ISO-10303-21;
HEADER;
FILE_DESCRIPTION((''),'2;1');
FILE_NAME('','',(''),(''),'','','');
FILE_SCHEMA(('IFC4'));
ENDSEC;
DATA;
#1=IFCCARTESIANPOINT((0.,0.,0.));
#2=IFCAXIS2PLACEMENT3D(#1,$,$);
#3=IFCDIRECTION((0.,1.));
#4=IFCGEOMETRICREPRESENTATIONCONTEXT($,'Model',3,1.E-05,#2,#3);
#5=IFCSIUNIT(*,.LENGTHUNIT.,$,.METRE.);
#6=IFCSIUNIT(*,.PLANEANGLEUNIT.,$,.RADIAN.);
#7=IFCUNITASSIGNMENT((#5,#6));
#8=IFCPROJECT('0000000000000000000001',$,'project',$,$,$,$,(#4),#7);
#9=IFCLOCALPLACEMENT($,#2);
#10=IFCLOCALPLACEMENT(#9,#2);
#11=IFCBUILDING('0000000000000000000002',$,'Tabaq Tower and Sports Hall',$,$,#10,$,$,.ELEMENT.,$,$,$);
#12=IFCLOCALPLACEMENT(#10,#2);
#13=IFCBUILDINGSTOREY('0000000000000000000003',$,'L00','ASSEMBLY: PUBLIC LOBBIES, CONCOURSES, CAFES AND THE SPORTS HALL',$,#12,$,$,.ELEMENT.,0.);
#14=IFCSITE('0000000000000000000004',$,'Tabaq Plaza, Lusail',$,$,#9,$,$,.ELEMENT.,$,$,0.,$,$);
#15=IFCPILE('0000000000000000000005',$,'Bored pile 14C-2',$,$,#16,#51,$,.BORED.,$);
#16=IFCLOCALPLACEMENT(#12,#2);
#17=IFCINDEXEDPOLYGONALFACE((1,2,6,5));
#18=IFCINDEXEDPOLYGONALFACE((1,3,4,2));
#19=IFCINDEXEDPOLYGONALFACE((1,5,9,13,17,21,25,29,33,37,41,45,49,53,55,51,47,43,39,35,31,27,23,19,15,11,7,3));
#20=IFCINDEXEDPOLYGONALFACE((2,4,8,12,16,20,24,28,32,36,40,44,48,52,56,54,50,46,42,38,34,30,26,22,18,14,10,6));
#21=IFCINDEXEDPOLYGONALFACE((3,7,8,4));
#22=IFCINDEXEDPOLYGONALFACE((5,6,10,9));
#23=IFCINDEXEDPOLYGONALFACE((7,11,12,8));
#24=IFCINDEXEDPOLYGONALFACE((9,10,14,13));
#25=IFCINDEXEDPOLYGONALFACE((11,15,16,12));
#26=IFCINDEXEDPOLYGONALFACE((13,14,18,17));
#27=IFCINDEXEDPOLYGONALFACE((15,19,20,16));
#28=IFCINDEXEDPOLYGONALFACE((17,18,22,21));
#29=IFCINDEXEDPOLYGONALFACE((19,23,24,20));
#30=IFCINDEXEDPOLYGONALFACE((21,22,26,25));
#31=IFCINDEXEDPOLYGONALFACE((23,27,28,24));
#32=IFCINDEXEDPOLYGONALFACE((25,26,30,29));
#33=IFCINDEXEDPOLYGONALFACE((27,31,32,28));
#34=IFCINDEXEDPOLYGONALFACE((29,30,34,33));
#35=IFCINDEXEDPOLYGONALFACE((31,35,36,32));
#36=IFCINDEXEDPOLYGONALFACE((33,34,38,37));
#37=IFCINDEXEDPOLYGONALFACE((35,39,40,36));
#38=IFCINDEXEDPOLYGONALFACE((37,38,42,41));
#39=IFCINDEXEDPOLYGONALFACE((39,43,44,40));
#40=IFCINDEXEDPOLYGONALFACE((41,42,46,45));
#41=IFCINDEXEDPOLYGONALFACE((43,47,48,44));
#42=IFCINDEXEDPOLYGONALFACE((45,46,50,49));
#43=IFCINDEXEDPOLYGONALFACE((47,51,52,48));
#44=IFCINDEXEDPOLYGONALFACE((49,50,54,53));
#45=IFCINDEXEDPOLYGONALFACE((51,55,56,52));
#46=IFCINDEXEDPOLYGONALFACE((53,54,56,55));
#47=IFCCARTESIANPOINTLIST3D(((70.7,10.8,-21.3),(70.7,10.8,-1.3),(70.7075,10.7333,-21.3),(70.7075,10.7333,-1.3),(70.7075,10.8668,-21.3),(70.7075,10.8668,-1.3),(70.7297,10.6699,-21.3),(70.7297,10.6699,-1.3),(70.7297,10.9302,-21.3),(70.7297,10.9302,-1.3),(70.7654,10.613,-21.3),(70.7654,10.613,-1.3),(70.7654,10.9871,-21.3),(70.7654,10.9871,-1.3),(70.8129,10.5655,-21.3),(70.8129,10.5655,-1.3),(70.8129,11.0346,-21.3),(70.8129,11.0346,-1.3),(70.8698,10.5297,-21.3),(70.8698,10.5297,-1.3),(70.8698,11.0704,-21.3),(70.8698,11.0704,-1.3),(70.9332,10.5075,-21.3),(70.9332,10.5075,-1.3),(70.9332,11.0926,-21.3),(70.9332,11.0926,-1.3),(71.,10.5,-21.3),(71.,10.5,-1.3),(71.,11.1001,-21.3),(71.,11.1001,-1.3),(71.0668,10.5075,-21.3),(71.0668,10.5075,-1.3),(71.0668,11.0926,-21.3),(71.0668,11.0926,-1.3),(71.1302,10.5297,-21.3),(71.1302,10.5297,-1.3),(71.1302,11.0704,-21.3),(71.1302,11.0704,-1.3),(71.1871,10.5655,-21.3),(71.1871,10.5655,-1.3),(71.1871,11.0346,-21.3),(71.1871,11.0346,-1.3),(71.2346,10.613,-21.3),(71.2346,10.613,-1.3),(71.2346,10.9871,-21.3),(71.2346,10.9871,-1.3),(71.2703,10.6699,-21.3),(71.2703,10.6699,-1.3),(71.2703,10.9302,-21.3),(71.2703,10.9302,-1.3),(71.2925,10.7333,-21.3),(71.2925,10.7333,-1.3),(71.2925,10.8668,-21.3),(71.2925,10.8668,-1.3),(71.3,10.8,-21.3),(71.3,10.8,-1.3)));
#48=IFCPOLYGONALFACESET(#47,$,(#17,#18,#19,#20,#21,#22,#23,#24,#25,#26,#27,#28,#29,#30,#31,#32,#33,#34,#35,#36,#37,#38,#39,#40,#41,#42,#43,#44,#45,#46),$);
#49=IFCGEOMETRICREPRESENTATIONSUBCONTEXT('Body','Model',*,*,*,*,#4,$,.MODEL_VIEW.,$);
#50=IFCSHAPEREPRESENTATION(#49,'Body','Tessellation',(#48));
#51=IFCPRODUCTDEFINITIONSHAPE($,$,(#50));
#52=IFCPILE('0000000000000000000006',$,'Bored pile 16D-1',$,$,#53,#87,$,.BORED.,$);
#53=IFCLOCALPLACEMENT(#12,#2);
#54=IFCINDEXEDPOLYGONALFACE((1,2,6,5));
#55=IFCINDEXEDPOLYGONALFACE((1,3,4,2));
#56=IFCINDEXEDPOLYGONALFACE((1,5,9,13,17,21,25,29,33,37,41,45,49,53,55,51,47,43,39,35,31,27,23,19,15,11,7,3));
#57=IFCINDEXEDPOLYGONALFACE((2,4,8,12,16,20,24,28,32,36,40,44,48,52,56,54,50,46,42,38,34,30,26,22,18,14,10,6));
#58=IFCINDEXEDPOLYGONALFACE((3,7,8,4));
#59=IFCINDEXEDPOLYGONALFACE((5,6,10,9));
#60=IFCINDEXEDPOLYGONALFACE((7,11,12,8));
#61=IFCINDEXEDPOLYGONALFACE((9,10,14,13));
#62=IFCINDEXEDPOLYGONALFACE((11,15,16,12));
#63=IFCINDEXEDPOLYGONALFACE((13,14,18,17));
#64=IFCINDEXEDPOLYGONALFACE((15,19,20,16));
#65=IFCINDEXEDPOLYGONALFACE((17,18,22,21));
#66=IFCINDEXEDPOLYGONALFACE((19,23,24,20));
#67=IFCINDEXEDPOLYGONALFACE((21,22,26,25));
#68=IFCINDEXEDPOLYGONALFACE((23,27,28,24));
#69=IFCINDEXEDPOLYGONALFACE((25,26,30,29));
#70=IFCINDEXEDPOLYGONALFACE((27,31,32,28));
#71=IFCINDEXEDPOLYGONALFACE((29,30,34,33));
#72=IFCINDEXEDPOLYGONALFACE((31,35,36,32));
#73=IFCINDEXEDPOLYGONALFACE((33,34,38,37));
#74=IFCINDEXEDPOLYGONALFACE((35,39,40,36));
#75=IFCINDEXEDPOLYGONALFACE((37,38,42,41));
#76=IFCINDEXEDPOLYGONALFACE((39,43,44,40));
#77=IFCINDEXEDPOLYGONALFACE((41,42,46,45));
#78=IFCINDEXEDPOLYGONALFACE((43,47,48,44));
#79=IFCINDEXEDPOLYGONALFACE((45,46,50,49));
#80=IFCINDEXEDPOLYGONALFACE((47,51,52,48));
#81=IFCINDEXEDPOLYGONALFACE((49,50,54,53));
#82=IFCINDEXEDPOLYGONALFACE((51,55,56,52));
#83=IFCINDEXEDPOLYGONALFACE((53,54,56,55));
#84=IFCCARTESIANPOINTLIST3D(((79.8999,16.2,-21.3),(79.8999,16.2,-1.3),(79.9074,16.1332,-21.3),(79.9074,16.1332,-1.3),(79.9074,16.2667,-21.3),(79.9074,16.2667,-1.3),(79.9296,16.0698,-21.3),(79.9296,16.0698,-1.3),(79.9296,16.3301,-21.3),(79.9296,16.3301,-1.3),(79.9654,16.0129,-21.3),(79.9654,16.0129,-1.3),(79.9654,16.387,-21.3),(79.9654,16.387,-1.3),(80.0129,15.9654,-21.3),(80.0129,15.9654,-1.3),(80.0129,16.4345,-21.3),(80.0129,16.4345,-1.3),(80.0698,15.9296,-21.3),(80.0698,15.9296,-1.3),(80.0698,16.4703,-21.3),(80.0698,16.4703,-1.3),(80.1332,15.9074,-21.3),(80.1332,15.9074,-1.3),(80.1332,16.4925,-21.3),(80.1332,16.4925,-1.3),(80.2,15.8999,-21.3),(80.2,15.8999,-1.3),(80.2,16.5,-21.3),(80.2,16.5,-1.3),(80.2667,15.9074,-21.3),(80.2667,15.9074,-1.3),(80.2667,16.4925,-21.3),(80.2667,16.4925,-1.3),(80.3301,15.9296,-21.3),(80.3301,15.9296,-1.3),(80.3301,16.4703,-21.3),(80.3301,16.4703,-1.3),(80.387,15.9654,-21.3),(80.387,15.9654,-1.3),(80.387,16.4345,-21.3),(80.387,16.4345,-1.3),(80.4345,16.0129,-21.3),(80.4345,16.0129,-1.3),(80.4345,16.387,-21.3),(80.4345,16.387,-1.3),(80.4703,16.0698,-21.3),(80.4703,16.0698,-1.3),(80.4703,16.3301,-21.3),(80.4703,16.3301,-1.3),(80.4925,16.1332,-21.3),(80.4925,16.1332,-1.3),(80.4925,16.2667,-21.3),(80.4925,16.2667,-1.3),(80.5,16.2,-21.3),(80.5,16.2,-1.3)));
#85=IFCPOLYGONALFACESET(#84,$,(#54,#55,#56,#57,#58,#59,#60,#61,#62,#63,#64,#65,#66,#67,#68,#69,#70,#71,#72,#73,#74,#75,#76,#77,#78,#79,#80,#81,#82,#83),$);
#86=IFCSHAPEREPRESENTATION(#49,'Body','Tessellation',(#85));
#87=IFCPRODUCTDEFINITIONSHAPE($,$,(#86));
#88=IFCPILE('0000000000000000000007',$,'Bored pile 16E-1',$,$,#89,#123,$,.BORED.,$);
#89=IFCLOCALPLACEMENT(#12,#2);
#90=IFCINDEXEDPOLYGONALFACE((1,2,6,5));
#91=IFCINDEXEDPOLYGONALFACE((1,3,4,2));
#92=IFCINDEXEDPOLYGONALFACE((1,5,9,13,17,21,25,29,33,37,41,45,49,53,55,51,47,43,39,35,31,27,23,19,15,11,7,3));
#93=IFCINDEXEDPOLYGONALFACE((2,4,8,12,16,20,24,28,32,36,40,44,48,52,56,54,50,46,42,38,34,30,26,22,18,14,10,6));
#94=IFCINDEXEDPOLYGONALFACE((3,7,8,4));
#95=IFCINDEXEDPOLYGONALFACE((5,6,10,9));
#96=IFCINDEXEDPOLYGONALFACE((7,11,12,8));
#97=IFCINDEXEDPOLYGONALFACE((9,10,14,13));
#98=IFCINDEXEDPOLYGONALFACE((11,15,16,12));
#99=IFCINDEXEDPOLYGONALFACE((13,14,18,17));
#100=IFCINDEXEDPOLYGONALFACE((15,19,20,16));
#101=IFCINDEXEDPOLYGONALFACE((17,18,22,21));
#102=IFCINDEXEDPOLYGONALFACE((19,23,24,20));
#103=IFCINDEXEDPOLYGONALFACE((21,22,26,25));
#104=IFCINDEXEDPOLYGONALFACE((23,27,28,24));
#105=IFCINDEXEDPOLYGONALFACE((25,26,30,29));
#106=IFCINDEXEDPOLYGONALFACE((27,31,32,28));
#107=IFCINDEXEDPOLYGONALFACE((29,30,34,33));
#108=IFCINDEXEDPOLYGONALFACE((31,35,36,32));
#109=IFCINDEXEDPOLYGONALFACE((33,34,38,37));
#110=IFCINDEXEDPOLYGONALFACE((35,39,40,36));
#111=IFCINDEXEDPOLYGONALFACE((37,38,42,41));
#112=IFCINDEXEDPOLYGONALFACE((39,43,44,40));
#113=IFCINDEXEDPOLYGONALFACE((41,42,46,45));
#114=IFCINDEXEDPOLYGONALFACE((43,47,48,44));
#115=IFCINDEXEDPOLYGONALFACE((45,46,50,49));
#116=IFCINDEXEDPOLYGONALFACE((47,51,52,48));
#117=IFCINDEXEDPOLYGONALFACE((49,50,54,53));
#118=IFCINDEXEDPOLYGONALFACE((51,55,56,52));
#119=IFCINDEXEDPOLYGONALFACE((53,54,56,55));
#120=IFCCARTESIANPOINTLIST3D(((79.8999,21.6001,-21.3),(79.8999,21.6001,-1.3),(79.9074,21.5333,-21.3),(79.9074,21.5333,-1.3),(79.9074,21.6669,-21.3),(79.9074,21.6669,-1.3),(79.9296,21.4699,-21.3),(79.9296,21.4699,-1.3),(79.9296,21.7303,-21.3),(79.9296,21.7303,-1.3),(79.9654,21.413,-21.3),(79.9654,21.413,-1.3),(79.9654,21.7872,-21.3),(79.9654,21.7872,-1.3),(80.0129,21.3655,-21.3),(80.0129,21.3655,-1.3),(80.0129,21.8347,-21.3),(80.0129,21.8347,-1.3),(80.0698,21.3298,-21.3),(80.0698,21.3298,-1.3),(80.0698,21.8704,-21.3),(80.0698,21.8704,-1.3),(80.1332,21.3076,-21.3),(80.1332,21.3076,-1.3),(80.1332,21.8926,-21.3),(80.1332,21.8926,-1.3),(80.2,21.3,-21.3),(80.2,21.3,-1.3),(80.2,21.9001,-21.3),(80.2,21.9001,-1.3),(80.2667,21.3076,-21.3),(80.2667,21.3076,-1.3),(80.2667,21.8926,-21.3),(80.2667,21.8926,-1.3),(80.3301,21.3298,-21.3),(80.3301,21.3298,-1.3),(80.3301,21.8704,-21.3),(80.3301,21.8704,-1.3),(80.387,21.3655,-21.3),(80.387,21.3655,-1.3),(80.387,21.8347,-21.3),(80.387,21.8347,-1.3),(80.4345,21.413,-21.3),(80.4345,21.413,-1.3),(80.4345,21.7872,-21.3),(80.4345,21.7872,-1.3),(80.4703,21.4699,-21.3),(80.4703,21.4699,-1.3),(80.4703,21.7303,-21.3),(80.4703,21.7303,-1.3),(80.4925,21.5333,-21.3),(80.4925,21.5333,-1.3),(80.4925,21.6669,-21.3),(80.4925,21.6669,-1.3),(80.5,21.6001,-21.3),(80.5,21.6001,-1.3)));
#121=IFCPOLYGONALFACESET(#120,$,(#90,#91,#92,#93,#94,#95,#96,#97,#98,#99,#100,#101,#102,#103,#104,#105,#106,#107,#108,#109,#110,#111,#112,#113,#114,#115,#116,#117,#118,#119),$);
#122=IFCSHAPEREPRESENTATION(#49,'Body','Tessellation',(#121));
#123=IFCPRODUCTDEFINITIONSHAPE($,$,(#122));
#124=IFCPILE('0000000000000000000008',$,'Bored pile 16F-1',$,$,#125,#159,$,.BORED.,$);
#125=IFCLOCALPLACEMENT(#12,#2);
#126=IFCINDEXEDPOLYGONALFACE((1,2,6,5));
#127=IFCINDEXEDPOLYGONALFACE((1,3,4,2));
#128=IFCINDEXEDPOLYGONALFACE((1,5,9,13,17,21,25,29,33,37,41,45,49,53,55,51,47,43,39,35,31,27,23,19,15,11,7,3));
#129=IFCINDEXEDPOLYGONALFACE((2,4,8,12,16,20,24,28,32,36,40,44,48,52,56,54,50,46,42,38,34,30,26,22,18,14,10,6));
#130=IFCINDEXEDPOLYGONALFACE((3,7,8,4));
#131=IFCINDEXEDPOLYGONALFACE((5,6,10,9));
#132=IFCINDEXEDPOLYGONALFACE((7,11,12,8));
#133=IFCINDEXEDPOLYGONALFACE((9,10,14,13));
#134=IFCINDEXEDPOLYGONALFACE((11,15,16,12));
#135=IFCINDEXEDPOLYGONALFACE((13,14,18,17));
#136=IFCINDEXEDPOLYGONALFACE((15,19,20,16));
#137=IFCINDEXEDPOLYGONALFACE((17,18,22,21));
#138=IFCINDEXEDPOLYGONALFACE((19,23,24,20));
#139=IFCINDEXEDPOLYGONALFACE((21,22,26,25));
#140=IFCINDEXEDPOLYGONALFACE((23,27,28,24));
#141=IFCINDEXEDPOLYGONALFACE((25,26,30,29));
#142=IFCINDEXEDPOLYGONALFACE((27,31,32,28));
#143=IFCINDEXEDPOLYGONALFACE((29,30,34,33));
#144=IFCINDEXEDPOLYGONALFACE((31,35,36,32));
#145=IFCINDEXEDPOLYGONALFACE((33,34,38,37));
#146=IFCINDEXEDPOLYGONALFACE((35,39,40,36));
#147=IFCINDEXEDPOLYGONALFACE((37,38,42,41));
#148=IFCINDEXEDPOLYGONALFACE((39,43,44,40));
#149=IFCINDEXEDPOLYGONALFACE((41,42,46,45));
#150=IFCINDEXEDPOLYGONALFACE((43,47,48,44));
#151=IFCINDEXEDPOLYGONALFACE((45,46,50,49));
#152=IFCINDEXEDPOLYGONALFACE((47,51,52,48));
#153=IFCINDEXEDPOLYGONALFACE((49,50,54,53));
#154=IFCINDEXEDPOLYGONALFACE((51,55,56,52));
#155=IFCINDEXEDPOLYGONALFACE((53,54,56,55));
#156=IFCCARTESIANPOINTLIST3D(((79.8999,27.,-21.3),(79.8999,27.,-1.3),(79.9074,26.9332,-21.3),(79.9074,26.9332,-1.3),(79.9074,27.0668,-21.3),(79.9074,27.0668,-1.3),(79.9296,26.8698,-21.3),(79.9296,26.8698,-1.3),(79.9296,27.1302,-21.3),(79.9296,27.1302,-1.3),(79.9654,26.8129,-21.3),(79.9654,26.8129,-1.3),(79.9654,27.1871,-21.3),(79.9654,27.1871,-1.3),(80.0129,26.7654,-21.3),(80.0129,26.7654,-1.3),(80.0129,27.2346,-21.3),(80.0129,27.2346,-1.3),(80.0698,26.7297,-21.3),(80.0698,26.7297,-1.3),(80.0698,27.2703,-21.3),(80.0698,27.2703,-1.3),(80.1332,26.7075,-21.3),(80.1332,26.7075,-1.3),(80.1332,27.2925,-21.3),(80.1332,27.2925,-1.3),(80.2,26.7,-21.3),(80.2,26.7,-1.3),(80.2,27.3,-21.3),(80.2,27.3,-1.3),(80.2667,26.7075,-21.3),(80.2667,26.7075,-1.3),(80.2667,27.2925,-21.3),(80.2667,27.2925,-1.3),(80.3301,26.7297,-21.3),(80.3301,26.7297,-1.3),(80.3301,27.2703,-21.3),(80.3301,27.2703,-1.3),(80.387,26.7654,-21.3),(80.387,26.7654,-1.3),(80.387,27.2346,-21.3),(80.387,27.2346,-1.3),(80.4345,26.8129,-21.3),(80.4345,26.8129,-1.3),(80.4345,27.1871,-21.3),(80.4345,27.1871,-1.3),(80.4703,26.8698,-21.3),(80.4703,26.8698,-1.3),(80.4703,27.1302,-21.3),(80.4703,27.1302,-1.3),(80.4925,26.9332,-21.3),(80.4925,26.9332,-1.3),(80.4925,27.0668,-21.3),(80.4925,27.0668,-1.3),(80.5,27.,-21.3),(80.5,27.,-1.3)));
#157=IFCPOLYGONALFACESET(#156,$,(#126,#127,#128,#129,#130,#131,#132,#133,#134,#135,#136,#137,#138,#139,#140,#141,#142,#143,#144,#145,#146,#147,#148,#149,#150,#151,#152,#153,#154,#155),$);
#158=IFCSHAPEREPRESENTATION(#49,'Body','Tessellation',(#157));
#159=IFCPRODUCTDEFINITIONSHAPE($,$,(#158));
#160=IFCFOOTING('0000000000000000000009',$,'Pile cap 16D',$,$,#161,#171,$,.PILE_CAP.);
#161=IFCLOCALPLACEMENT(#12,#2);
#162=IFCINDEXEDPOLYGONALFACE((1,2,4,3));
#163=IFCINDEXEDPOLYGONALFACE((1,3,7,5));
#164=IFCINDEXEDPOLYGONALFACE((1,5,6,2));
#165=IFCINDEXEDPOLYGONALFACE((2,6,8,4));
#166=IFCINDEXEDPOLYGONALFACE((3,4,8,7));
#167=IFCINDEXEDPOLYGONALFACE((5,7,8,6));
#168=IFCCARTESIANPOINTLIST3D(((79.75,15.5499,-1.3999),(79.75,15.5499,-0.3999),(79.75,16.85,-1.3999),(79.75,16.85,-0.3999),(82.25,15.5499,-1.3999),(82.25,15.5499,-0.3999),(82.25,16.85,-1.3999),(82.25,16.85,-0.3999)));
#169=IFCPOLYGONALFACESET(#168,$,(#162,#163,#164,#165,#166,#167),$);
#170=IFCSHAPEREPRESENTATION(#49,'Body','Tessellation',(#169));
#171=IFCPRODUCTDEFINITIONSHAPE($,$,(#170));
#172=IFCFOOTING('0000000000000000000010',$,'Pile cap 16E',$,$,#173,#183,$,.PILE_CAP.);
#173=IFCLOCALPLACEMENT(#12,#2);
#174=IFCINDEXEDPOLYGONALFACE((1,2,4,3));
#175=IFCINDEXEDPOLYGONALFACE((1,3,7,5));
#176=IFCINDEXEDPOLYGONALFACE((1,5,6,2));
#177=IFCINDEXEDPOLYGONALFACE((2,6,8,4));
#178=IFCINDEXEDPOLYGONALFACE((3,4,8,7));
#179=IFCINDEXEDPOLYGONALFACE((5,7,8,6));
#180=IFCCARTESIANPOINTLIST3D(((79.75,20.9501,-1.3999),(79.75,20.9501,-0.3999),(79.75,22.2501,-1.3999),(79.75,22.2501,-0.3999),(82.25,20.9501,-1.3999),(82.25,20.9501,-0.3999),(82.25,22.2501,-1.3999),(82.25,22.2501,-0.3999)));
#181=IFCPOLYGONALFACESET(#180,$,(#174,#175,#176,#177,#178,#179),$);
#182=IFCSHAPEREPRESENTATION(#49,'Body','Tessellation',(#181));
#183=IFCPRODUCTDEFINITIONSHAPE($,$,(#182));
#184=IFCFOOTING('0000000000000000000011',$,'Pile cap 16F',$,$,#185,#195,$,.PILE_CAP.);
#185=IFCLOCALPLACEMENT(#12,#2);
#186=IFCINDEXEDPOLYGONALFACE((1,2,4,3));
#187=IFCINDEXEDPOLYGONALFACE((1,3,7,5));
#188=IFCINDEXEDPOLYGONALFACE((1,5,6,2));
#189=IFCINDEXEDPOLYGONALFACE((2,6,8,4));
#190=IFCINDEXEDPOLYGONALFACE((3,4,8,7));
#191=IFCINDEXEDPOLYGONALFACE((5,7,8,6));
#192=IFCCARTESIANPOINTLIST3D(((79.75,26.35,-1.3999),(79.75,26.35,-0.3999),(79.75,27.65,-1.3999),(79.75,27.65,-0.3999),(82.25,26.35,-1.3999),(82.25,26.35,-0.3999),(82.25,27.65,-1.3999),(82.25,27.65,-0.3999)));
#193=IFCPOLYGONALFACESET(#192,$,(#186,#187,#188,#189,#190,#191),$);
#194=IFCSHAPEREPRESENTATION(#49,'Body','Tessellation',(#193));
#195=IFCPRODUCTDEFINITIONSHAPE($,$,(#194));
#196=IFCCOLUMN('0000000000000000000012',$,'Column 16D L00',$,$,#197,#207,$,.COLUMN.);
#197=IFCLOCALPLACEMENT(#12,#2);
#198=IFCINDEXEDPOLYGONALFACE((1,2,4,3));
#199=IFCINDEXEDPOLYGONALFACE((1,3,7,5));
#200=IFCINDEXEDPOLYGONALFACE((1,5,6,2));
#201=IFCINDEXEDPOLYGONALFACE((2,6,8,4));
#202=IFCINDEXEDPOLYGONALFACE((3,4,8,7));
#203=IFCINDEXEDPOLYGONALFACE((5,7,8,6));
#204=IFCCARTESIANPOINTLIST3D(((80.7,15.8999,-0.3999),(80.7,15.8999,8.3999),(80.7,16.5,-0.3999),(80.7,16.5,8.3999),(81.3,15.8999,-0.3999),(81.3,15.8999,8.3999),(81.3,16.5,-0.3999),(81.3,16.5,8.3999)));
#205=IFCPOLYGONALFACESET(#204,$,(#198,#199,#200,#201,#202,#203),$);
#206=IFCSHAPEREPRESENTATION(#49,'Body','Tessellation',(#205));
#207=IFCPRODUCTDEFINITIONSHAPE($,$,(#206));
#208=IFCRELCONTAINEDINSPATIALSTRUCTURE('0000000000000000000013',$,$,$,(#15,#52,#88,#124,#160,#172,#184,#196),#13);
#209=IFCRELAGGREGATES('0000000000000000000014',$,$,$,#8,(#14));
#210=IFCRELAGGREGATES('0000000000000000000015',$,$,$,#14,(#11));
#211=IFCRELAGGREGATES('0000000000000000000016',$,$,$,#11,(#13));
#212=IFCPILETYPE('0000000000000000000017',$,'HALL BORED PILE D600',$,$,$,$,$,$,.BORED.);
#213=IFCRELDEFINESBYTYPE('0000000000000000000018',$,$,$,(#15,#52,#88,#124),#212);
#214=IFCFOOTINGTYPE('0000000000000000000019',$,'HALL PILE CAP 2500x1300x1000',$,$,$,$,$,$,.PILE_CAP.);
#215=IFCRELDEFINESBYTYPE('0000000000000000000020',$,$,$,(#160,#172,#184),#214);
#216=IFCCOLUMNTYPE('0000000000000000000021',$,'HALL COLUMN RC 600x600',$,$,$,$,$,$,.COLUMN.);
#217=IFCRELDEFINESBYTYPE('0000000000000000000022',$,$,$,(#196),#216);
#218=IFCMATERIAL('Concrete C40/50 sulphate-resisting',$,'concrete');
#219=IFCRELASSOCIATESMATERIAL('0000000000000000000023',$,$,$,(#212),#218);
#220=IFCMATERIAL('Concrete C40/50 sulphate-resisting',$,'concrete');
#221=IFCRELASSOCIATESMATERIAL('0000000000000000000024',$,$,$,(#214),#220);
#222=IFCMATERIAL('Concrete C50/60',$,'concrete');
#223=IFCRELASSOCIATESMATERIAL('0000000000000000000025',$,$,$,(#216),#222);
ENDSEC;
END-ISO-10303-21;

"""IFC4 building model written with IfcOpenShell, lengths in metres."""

from ifc_helpers import new_model, si_unit, direction, frame, origin, origin_2d, place, context, subcontext, project, spatial, rectangle, circle, extrude, material, material_profile, profile_set, type_object, element, save


model = new_model("IFC4")

# Units and contexts
model_context = context("Model", 3, precision=1e-05, world=origin(), true_north=direction((0.0, 1.0)))
body_context = subcontext(model_context, "Body", "Model", "MODEL_VIEW")
ifc_project = project(units=[si_unit("LENGTHUNIT", "METRE"), si_unit("PLANEANGLEUNIT", "RADIAN")], contexts=[model_context])

# Site, building, storey
site_placement = place(None, origin())
site = spatial("IfcSite", under=ifc_project, at=site_placement, Name="Tabaq Plaza, Lusail", CompositionType="ELEMENT", RefElevation=0.0)
building_placement = place(site_placement, origin())
building = spatial("IfcBuilding", under=site, at=building_placement, Name="Tabaq Tower and Sports Hall", CompositionType="ELEMENT")
storey_placement = place(building_placement, origin())
storey = spatial("IfcBuildingStorey", under=building, at=storey_placement, Name="L00", Description="ASSEMBLY: PUBLIC LOBBIES, CONCOURSES, CAFES AND THE SPORTS HALL", CompositionType="ELEMENT", Elevation=0.0)

# Piles
ifc_material_1 = material(Name="Concrete C40/50 sulphate-resisting", Category="concrete")
ifc_material_profile_1 = material_profile(ifc_material_1, circle(Radius=0.3, at=origin_2d()), Name="D600")
ifc_profile_set_1 = profile_set([ifc_material_profile_1], Name="Concrete C40/50 sulphate-resisting")
pile_type = type_object("IfcPileType", Name="HALL BORED PILE D600", PredefinedType="BORED", material=ifc_profile_set_1)
for number, where, z_axis, x_axis, name in (
    (1, (71.0, 10.8, -1.3), (0.0, 0.0, -1.0), (1.0, 0.0, 0.0), "Bored pile 14C-2"),
    (2, (80.2, 16.2, -1.3), (0.0, 0.0, -1.0), (1.0, 0.0, 0.0), "Bored pile 16D-1"),
    (3, (80.2, 21.6001, -1.3), (0.0, 0.0, -1.0), (1.0, 0.0, 0.0), "Bored pile 16E-1"),
    (4, (80.2, 27.0, -1.3), (0.0, 0.0, -1.0), (1.0, 0.0, 0.0), "Bored pile 16F-1"),
):
    element("IfcPile", number, at=place(storey_placement, frame(where, z_axis=z_axis, x_axis=x_axis)), inside=storey, type_object=pile_type, Name=name, PredefinedType="BORED", context=body_context, shape_type="SweptSolid", body=[
        extrude(circle(Radius=0.3, at=origin_2d()), origin(), (0.0, 0.0, 1.0), 20.0),
    ])

# Footings
ifc_material_2 = material(Name="Concrete C40/50 sulphate-resisting", Category="concrete")
footing_type = type_object("IfcFootingType", Name="HALL PILE CAP 2500x1300x1000", PredefinedType="PILE_CAP", material=ifc_material_2)
for number, where, z_axis, x_axis, name in (
    (5, (81.0, 16.2, -1.3999), (0.0, 0.0, 1.0), (1.0, 0.0, 0.0), "Pile cap 16D"),
    (6, (81.0, 21.6001, -1.3999), (0.0, 0.0, 1.0), (1.0, 0.0, 0.0), "Pile cap 16E"),
    (7, (81.0, 27.0, -1.3999), (0.0, 0.0, 1.0), (1.0, 0.0, 0.0), "Pile cap 16F"),
):
    element("IfcFooting", number, at=place(storey_placement, frame(where, z_axis=z_axis, x_axis=x_axis)), inside=storey, type_object=footing_type, Name=name, PredefinedType="PILE_CAP", context=body_context, shape_type="SweptSolid", body=[
        extrude(rectangle(XDim=2.5, YDim=1.3, at=origin_2d()), origin(), (0.0, 0.0, 1.0), 1.0),
    ])

# Column
ifc_material_3 = material(Name="Concrete C50/60", Category="concrete")
ifc_material_profile_2 = material_profile(ifc_material_3, rectangle(XDim=0.6001, YDim=0.6001, at=origin_2d()), Name="RC 600x600")
ifc_profile_set_2 = profile_set([ifc_material_profile_2], Name="Concrete C50/60")
column_type = type_object("IfcColumnType", Name="HALL COLUMN RC 600x600", PredefinedType="COLUMN", material=ifc_profile_set_2)
for number, where, z_axis, x_axis, name in (
    (8, (81.0, 16.2, -0.3999), (0.0, 0.0, 1.0), (1.0, 0.0, 0.0), "Column 16D L00"),
):
    element("IfcColumn", number, at=place(storey_placement, frame(where, z_axis=z_axis, x_axis=x_axis)), inside=storey, type_object=column_type, Name=name, PredefinedType="COLUMN", context=body_context, shape_type="SweptSolid", body=[
        extrude(rectangle(XDim=0.6001, YDim=0.6001, at=origin_2d()), origin(), (0.0, 0.0, 1.0), 8.7998),
    ])

save(model, "model.ifc")
